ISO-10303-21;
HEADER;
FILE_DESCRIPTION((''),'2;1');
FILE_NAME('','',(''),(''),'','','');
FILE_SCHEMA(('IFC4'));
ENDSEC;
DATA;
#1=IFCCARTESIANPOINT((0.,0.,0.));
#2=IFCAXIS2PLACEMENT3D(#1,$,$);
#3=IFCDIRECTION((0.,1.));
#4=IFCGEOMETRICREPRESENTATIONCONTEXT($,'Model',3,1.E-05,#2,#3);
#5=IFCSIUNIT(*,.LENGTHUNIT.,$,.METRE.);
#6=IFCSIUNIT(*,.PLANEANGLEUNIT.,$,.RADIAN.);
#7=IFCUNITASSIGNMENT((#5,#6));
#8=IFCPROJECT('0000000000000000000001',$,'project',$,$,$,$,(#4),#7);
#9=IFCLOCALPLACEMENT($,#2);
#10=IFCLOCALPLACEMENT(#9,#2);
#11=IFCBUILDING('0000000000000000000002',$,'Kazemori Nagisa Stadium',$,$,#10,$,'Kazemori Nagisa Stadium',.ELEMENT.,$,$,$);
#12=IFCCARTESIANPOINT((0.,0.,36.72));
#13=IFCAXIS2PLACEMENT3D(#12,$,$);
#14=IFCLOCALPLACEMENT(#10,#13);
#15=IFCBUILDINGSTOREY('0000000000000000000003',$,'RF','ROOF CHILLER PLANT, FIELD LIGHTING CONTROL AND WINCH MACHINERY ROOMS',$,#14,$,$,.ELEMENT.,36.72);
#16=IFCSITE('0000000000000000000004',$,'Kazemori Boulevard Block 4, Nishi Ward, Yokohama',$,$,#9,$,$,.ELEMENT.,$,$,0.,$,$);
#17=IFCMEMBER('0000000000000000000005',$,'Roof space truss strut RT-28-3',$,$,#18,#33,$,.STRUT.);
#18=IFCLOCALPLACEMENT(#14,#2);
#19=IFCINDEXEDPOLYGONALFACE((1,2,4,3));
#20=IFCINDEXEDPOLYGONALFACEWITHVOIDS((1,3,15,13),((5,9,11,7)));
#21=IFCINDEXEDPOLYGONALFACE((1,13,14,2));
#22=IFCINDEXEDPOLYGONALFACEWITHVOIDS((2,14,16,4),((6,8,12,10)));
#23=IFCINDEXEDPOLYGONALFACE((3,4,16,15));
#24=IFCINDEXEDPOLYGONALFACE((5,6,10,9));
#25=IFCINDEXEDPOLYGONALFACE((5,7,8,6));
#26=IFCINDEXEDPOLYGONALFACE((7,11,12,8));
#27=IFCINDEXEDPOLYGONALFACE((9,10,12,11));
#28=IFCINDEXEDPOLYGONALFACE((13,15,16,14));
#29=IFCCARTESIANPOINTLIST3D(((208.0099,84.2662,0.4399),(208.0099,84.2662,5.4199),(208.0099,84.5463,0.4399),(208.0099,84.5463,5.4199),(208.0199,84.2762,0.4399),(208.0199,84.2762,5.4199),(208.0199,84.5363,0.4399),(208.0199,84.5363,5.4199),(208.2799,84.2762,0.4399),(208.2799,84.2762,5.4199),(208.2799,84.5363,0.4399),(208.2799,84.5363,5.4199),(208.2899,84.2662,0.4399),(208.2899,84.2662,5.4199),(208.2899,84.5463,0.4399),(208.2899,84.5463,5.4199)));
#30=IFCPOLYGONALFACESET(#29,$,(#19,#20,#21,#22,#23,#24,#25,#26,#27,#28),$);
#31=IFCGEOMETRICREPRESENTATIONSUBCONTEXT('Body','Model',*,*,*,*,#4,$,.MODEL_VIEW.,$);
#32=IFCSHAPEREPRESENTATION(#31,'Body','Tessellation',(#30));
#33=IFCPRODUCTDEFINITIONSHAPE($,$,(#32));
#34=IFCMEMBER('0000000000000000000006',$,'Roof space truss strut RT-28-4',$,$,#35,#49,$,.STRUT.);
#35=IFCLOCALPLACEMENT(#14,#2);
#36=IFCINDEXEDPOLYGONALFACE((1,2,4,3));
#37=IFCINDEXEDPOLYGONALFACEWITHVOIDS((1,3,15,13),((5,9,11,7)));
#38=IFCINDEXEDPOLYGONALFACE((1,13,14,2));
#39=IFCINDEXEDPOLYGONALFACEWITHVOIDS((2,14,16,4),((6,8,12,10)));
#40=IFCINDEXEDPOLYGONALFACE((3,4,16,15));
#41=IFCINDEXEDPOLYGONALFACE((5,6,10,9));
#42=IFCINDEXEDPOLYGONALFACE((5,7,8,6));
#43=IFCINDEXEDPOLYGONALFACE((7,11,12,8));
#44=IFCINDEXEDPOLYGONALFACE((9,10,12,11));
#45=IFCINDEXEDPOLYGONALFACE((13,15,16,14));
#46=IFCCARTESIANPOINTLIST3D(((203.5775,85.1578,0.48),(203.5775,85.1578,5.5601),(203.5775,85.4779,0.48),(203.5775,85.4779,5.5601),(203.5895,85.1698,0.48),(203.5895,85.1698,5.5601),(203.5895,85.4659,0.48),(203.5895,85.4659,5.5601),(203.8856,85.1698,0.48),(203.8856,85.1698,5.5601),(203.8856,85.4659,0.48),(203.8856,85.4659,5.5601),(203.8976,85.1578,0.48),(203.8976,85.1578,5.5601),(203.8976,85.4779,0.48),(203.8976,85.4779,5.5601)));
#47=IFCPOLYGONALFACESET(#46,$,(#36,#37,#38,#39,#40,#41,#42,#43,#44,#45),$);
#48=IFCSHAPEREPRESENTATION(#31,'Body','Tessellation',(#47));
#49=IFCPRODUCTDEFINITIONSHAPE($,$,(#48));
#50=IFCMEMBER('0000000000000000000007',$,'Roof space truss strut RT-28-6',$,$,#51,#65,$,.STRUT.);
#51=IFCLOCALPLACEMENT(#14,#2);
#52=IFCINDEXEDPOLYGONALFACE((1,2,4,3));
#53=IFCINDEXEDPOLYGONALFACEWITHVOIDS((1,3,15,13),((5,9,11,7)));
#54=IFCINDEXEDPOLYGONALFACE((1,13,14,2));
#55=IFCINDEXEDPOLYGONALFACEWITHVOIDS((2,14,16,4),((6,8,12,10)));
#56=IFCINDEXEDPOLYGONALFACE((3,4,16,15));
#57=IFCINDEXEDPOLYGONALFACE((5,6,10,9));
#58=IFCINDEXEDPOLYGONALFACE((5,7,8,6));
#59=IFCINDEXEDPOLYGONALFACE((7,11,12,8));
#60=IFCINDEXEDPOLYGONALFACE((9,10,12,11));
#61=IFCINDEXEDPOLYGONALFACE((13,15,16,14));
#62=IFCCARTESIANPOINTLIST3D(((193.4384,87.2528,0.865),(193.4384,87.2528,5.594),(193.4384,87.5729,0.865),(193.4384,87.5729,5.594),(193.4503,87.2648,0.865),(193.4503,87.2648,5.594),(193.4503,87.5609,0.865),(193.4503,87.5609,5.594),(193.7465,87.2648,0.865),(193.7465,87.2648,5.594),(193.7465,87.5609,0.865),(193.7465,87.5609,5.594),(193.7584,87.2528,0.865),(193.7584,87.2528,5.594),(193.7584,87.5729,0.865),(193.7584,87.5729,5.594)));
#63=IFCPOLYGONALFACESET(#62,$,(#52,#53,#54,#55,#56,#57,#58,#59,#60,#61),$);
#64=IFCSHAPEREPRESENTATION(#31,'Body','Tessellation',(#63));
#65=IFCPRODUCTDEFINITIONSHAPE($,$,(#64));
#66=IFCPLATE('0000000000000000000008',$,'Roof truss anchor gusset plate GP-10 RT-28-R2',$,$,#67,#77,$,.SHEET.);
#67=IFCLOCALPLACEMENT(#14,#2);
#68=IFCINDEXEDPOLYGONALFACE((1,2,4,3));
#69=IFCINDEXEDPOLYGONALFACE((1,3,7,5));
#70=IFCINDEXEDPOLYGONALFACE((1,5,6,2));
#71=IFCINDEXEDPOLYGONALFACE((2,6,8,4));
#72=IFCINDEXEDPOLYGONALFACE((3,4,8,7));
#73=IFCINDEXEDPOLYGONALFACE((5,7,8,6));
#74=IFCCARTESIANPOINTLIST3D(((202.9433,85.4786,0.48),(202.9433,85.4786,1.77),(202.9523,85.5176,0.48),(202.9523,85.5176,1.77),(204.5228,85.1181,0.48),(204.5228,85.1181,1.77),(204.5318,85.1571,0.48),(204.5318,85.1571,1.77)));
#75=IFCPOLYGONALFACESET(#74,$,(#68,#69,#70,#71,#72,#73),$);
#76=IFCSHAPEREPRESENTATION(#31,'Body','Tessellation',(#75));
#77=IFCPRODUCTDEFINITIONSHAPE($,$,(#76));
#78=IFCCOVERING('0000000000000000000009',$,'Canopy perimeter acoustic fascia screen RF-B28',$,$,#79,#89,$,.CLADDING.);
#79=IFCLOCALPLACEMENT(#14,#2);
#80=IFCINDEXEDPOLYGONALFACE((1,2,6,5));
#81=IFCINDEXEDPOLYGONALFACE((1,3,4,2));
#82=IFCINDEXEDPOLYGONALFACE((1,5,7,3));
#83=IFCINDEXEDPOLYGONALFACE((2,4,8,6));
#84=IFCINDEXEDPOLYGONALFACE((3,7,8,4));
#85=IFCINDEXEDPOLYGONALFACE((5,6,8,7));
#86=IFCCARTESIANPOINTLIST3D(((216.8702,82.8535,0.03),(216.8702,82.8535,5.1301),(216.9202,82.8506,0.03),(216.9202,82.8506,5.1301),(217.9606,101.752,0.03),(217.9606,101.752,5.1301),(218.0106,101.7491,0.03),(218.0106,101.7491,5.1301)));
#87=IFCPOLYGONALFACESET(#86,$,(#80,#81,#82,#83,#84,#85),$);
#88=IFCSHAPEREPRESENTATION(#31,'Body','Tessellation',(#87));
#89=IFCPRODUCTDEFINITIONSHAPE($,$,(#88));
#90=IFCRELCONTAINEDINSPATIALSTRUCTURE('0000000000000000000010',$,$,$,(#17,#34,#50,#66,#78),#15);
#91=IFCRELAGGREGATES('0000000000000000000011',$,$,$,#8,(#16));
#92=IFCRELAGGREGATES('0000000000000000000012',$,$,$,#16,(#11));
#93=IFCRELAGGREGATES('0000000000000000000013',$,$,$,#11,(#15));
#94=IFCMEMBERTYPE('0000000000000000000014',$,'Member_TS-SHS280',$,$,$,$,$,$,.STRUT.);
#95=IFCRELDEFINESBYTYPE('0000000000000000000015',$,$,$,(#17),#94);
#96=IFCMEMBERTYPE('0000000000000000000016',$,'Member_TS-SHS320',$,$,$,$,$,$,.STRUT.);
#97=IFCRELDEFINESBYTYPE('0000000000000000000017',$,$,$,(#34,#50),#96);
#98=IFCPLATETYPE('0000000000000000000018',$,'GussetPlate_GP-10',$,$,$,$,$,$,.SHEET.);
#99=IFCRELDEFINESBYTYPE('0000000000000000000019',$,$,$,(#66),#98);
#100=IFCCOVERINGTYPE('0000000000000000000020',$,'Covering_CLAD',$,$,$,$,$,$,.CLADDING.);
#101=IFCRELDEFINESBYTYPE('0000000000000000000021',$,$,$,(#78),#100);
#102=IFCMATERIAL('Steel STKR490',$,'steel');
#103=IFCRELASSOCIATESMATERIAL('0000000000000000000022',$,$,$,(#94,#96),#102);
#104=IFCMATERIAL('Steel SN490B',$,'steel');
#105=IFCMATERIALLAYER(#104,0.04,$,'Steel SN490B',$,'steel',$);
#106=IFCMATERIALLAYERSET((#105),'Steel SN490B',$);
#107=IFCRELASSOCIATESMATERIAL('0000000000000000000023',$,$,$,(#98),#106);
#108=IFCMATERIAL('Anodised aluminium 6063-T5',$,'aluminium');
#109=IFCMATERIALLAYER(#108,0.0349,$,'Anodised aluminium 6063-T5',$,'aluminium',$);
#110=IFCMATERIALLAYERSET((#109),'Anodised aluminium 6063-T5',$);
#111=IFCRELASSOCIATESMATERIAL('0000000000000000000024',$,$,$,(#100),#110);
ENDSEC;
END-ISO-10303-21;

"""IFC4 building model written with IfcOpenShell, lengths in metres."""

from ifc_helpers import new_model, si_unit, direction, frame, origin, origin_2d, place, context, subcontext, project, spatial, rectangle, hollow_rectangle, extrude, material, layer, layer_set, material_profile, profile_set, type_object, element, save


model = new_model("IFC4")

# Units and contexts
model_context = context("Model", 3, precision=1e-05, world=origin(), true_north=direction((0.0, 1.0)))
body_context = subcontext(model_context, "Body", "Model", "MODEL_VIEW")
ifc_project = project(units=[si_unit("LENGTHUNIT", "METRE"), si_unit("PLANEANGLEUNIT", "RADIAN")], contexts=[model_context])

# Site, building, storey
site_placement = place(None, origin())
site = spatial("IfcSite", under=ifc_project, at=site_placement, Name="Kazemori Boulevard Block 4, Nishi Ward, Yokohama", CompositionType="ELEMENT", RefElevation=0.0)
building_placement = place(site_placement, origin())
building = spatial("IfcBuilding", under=site, at=building_placement, Name="Kazemori Nagisa Stadium", LongName="Kazemori Nagisa Stadium", CompositionType="ELEMENT")
storey_placement = place(building_placement, frame((0.0, 0.0, 36.72)))
storey = spatial("IfcBuildingStorey", under=building, at=storey_placement, Name="RF", Description="ROOF CHILLER PLANT, FIELD LIGHTING CONTROL AND WINCH MACHINERY ROOMS", CompositionType="ELEMENT", Elevation=36.72)

# Shared definitions
ifc_material_1 = material(Name="Steel SN490B", Category="steel")

# Members
ifc_material_2 = material(Name="Steel STKR490", Category="steel")
ifc_material_profile_1 = material_profile(ifc_material_2, hollow_rectangle(XDim=0.28, YDim=0.28, WallThickness=0.01, at=origin_2d()), Name="SHS-280x280x10")
ifc_profile_set_1 = profile_set([ifc_material_profile_1], Name="Steel STKR490")
member_type_1 = type_object("IfcMemberType", Name="Member_TS-SHS280", PredefinedType="STRUT", material=ifc_profile_set_1)
member_1_placement = place(storey_placement, frame((208.1499, 84.4062, 0.4399), z_axis=(0.0, 0.0, 1.0), x_axis=(1.0, 0.0, 0.0)))
element("IfcMember", 1, at=member_1_placement, inside=storey, type_object=member_type_1, Name="Roof space truss strut RT-28-3", PredefinedType="STRUT", context=body_context, shape_type="SweptSolid", body=[
    extrude(hollow_rectangle(XDim=0.28, YDim=0.28, WallThickness=0.01, at=origin_2d()), origin(), (0.0, 0.0, 1.0), 4.98),
])
ifc_material_profile_2 = material_profile(ifc_material_2, hollow_rectangle(XDim=0.3201, YDim=0.3201, WallThickness=0.012, at=origin_2d()), Name="SHS-320x320x12")
ifc_profile_set_2 = profile_set([ifc_material_profile_2], Name="Steel STKR490")
member_type_2 = type_object("IfcMemberType", Name="Member_TS-SHS320", PredefinedType="STRUT", material=ifc_profile_set_2)
member_2_placement = place(storey_placement, frame((203.7375, 85.3179, 0.48), z_axis=(0.0, 0.0, 1.0), x_axis=(1.0, 0.0, 0.0)))
element("IfcMember", 2, at=member_2_placement, inside=storey, type_object=member_type_2, Name="Roof space truss strut RT-28-4", PredefinedType="STRUT", context=body_context, shape_type="SweptSolid", body=[
    extrude(hollow_rectangle(XDim=0.3201, YDim=0.3201, WallThickness=0.012, at=origin_2d()), origin(), (0.0, 0.0, 1.0), 5.0801),
])
member_3_placement = place(storey_placement, frame((193.5984, 87.4128, 0.865), z_axis=(0.0, 0.0, 1.0), x_axis=(1.0, 0.0, 0.0)))
element("IfcMember", 3, at=member_3_placement, inside=storey, type_object=member_type_2, Name="Roof space truss strut RT-28-6", PredefinedType="STRUT", context=body_context, shape_type="SweptSolid", body=[
    extrude(hollow_rectangle(XDim=0.3201, YDim=0.3201, WallThickness=0.012, at=origin_2d()), origin(), (0.0, 0.0, 1.0), 4.729),
])

# Plate
ifc_layer_1 = layer(ifc_material_1, 0.04, Name="Steel SN490B", Category="steel")
ifc_layer_set_1 = layer_set([ifc_layer_1], Name="Steel SN490B")
plate_type = type_object("IfcPlateType", Name="GussetPlate_GP-10", PredefinedType="SHEET", material=ifc_layer_set_1)
plate_placement = place(storey_placement, frame((203.7375, 85.3179, 0.48), z_axis=(0.0, 0.0, 1.0), x_axis=(0.974928, -0.222521, 0.0)))
element("IfcPlate", 4, at=plate_placement, inside=storey, type_object=plate_type, Name="Roof truss anchor gusset plate GP-10 RT-28-R2", PredefinedType="SHEET", context=body_context, shape_type="SweptSolid", body=[
    extrude(rectangle(XDim=1.6201, YDim=0.04, at=origin_2d()), origin(), (0.0, 0.0, 1.0), 1.29),
])

# Covering
ifc_material_3 = material(Name="Anodised aluminium 6063-T5", Category="aluminium")
ifc_layer_2 = layer(ifc_material_3, 0.0349, Name="Anodised aluminium 6063-T5", Category="aluminium")
ifc_layer_set_2 = layer_set([ifc_layer_2], Name="Anodised aluminium 6063-T5")
covering_type = type_object("IfcCoveringType", Name="Covering_CLAD", PredefinedType="CLADDING", material=ifc_layer_set_2)
covering_placement = place(storey_placement, frame((217.4404, 92.3013, 0.03), z_axis=(0.0, 0.0, 1.0), x_axis=(0.057602, 0.99834, 0.0)))
element("IfcCovering", 5, at=covering_placement, inside=storey, type_object=covering_type, Name="Canopy perimeter acoustic fascia screen RF-B28", PredefinedType="CLADDING", context=body_context, shape_type="SweptSolid", body=[
    extrude(rectangle(XDim=18.9299, YDim=0.05, at=origin_2d()), origin(), (0.0, 0.0, 1.0), 5.1001),
])

save(model, "model.ifc")
